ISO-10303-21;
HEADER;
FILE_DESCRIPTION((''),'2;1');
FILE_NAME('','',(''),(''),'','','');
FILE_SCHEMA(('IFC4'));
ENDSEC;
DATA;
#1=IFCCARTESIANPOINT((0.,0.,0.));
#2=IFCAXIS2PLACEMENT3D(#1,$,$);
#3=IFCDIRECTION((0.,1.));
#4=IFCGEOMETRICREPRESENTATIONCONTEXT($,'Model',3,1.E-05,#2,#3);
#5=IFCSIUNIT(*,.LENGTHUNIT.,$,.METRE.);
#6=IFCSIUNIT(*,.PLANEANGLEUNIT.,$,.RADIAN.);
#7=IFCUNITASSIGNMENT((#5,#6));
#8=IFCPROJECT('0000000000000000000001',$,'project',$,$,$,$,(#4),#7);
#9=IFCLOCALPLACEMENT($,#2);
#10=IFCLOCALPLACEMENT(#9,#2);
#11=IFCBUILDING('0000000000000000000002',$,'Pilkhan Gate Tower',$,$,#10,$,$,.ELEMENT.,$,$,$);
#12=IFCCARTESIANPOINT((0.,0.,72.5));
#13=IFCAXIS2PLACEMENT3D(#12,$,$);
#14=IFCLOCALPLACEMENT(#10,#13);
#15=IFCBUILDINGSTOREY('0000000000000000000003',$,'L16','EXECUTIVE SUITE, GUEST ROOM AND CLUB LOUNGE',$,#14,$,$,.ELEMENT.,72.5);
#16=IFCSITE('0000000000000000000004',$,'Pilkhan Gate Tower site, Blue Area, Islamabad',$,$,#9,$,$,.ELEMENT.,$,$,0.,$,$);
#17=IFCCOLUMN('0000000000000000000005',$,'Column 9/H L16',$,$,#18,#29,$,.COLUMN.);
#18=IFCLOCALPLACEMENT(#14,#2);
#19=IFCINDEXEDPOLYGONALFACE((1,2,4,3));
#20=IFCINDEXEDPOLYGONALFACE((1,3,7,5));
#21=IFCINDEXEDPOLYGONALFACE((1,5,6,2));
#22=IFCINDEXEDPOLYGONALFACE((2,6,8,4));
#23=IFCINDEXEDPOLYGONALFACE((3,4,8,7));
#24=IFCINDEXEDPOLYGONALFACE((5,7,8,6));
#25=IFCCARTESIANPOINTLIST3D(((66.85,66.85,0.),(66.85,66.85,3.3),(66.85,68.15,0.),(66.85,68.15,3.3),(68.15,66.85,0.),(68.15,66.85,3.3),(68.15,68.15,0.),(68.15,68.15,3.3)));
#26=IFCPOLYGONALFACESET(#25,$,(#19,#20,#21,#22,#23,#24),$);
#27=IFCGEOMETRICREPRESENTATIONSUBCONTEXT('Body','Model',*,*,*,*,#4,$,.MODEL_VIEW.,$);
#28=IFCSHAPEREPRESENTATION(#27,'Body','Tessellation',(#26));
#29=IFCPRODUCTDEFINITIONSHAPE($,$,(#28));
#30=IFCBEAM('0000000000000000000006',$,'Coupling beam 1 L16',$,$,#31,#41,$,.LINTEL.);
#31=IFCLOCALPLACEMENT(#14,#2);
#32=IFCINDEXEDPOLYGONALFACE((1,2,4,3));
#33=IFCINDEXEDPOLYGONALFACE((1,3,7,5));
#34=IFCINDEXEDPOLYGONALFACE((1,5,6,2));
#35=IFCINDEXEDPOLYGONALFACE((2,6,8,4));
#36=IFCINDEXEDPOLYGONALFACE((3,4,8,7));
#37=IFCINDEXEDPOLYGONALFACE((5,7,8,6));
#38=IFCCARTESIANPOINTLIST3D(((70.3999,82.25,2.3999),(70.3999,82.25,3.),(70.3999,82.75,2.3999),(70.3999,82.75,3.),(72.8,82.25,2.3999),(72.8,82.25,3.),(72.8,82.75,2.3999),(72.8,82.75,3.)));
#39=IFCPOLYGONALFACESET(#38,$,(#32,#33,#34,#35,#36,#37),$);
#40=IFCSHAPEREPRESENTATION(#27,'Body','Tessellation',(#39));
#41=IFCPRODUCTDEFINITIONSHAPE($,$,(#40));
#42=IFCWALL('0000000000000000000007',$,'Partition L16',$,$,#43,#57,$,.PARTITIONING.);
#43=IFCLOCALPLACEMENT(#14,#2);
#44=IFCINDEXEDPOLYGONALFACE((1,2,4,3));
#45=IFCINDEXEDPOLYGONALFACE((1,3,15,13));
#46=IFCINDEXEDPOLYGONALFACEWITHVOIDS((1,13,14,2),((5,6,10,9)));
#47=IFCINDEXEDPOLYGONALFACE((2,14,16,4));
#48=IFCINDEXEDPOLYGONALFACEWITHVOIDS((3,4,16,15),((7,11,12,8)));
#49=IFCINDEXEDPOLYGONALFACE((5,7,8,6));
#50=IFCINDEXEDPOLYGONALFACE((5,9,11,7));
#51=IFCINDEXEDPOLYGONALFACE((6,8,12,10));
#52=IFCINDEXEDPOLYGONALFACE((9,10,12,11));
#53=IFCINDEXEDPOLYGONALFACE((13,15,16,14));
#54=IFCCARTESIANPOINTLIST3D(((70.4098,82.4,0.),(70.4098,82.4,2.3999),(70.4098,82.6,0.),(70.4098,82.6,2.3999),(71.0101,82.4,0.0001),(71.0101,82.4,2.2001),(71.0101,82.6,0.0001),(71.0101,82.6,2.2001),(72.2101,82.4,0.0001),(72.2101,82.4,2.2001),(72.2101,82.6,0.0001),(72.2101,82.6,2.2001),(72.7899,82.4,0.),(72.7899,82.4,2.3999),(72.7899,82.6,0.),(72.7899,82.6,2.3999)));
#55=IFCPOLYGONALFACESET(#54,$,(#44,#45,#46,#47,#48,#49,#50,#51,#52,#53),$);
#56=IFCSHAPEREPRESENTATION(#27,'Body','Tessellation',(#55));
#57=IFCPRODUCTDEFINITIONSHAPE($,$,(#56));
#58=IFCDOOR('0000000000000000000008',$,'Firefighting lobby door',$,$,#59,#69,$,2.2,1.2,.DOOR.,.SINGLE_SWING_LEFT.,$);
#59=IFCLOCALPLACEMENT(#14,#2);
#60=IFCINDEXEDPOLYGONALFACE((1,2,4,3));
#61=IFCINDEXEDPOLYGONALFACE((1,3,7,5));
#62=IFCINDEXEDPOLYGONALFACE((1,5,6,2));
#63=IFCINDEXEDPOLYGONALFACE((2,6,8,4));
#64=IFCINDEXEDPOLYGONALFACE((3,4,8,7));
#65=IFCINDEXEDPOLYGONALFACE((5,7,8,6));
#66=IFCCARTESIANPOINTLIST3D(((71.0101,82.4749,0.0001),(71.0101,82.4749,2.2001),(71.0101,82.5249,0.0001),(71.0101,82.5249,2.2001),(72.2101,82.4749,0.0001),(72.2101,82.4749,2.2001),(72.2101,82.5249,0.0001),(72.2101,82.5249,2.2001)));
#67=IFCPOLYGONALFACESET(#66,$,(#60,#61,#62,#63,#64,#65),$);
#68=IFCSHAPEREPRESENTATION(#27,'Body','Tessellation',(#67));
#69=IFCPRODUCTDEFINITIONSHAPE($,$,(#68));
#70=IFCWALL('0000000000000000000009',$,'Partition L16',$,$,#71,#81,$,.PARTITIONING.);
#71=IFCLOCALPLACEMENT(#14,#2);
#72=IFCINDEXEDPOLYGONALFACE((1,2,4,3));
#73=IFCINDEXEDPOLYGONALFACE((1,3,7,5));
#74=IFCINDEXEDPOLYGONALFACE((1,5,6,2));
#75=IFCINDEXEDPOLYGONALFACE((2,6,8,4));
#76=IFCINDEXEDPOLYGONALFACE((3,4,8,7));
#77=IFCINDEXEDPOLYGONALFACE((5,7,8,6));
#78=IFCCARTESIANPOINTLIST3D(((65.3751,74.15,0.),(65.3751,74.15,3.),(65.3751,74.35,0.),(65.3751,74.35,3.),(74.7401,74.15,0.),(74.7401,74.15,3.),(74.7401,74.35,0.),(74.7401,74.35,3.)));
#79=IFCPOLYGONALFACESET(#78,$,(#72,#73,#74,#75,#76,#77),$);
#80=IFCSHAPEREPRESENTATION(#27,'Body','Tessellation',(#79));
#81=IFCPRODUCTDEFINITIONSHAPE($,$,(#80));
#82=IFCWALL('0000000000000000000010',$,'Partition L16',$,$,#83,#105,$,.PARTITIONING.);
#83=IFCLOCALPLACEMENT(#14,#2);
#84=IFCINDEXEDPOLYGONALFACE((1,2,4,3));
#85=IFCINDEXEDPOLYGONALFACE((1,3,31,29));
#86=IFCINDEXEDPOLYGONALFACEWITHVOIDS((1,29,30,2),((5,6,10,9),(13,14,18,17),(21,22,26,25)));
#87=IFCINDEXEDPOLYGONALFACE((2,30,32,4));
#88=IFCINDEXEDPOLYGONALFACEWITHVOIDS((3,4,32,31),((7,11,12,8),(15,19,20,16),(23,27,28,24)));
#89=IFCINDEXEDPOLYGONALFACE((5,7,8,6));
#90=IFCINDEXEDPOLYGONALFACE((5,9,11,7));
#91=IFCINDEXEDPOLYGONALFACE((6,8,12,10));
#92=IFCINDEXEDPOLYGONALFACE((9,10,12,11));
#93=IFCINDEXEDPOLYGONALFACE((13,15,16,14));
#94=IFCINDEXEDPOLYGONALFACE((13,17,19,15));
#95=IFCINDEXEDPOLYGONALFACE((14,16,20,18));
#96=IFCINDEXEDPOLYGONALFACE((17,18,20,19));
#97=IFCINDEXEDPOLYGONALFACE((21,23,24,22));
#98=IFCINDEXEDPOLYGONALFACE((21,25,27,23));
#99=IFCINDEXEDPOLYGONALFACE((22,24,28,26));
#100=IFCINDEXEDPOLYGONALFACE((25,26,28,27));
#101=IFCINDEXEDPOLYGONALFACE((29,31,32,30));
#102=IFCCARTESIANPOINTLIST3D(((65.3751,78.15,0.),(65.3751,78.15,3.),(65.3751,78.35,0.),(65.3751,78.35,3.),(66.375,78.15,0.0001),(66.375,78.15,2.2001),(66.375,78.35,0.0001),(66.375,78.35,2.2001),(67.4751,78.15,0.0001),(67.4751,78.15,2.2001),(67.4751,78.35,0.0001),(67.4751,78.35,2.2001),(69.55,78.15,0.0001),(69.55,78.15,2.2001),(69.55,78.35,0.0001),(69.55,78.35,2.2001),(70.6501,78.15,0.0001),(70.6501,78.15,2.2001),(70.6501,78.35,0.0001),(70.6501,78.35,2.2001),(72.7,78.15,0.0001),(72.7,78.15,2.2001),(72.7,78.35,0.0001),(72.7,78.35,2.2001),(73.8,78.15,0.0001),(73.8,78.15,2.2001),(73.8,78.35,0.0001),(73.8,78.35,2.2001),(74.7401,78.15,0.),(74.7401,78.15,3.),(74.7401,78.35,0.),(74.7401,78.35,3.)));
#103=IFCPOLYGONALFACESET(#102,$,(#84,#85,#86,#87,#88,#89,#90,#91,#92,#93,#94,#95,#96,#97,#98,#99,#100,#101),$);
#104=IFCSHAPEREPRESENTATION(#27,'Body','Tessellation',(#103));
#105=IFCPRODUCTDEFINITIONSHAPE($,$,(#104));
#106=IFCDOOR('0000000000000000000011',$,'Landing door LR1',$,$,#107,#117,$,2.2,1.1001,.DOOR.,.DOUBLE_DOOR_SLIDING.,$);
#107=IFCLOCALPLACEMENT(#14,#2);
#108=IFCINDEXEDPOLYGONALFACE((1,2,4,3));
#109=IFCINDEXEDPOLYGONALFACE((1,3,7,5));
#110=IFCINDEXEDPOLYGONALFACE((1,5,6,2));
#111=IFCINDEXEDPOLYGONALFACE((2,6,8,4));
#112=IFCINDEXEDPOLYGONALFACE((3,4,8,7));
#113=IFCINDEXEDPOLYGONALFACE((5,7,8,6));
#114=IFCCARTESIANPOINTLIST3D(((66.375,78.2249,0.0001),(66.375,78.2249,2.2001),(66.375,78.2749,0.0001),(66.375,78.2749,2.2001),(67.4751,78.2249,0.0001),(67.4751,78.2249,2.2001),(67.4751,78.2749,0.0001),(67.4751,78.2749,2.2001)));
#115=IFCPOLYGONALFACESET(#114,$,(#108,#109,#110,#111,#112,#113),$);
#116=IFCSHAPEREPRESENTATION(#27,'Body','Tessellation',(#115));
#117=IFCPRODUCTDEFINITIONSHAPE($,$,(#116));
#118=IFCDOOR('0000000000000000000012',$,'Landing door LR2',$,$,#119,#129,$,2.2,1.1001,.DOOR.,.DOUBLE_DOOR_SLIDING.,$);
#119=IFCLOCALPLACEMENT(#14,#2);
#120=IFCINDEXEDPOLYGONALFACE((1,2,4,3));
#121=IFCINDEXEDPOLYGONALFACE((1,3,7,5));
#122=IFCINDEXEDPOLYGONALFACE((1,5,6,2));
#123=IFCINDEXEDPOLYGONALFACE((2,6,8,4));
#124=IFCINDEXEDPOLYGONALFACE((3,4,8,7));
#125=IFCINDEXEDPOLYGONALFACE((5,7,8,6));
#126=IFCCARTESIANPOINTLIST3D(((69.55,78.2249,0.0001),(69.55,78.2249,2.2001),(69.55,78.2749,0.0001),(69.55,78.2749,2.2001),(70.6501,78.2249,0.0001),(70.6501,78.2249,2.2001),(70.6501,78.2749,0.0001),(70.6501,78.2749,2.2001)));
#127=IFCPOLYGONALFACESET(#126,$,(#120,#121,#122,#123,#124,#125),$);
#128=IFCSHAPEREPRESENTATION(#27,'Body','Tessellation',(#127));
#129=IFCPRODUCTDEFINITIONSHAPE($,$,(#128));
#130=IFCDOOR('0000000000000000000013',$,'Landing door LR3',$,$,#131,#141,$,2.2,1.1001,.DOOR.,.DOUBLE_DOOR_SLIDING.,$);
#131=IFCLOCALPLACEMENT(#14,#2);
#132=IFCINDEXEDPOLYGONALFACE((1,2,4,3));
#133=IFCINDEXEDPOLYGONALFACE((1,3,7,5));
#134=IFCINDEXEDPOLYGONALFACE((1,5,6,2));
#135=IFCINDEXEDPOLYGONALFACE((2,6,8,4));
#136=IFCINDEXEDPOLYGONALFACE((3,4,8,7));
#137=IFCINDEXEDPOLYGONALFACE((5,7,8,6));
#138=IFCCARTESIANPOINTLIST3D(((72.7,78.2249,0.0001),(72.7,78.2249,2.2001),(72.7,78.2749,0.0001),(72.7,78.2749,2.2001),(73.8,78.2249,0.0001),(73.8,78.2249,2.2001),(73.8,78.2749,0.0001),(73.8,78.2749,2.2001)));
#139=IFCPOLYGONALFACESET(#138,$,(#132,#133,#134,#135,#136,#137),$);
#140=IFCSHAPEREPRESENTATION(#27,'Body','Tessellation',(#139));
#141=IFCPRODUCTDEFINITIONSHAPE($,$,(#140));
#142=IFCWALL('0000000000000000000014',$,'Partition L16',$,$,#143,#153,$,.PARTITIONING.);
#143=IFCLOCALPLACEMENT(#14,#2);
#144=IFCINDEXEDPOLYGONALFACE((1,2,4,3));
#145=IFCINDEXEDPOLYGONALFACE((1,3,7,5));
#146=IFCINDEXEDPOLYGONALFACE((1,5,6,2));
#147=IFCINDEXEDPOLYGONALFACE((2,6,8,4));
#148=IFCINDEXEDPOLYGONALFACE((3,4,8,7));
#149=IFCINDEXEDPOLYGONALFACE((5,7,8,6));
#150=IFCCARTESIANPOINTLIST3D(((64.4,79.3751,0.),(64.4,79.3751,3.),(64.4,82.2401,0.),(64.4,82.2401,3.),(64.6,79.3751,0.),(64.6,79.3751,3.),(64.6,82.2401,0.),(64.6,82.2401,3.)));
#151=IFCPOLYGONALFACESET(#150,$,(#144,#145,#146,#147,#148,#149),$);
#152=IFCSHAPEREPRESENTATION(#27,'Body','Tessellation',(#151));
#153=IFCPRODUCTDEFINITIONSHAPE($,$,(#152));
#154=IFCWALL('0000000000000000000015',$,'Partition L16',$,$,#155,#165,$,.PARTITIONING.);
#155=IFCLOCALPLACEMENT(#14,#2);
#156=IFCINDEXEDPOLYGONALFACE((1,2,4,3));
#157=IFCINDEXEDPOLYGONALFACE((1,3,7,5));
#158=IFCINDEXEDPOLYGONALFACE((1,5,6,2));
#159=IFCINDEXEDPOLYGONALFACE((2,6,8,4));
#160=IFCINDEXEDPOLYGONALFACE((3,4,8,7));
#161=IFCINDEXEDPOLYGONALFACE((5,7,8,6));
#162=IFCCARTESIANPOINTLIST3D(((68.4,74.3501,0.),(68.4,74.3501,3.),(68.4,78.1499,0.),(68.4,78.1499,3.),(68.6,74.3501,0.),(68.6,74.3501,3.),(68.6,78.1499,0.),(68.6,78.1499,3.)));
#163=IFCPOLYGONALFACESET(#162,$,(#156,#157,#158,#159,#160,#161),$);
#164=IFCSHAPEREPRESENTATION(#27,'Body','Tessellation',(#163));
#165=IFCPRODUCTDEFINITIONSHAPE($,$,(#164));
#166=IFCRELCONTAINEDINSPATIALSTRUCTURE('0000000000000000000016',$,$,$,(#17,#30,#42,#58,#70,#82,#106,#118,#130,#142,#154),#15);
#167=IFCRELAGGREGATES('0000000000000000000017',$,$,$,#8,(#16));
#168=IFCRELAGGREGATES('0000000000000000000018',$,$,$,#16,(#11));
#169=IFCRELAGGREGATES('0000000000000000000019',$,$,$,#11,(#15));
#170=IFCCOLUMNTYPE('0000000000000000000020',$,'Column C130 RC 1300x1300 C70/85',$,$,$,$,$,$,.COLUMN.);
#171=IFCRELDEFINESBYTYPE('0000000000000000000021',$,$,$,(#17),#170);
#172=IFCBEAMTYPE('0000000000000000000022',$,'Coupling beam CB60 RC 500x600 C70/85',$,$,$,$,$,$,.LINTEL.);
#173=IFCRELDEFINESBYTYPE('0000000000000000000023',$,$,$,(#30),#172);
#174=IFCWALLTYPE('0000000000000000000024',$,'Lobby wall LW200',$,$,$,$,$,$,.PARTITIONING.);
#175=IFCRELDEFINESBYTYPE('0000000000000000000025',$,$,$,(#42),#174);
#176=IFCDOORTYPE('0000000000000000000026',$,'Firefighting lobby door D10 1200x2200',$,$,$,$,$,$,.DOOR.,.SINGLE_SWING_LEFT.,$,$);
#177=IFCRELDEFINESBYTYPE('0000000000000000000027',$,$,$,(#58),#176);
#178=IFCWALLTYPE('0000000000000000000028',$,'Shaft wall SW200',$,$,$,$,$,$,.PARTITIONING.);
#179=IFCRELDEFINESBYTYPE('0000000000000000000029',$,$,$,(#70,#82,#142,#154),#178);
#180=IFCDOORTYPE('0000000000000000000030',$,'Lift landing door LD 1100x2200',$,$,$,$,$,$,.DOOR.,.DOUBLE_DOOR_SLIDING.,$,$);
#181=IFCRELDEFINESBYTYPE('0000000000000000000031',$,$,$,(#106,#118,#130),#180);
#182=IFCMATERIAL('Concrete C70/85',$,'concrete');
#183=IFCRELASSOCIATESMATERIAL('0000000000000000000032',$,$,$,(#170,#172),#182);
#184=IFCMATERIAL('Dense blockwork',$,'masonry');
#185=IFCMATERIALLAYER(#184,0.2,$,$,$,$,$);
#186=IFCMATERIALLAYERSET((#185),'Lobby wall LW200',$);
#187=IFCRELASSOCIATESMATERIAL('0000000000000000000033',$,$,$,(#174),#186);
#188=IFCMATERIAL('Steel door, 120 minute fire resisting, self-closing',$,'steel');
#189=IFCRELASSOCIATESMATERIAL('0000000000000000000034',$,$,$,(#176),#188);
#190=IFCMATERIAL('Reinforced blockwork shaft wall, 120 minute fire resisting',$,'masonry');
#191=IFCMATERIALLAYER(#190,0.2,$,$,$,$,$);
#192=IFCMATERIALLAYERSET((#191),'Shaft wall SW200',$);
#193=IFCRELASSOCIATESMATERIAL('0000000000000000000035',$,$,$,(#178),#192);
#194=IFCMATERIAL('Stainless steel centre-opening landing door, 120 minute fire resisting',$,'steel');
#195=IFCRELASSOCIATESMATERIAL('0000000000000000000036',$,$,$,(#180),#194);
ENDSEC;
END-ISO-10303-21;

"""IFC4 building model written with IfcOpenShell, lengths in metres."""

from ifc_helpers import new_model, si_unit, direction, frame, frame_2d, origin, origin_2d, place, context, subcontext, project, spatial, rectangle, extrude, material, layer, layer_set, material_profile, profile_set, type_object, element, fill, save


model = new_model("IFC4")

# Units and contexts
model_context = context("Model", 3, precision=1e-05, world=origin(), true_north=direction((0.0, 1.0)))
body_context = subcontext(model_context, "Body", "Model", "MODEL_VIEW")
ifc_project = project(units=[si_unit("LENGTHUNIT", "METRE"), si_unit("PLANEANGLEUNIT", "RADIAN")], contexts=[model_context])

# Site, building, storey
site_placement = place(None, origin())
site = spatial("IfcSite", under=ifc_project, at=site_placement, Name="Pilkhan Gate Tower site, Blue Area, Islamabad", CompositionType="ELEMENT", RefElevation=0.0)
building_placement = place(site_placement, origin())
building = spatial("IfcBuilding", under=site, at=building_placement, Name="Pilkhan Gate Tower", CompositionType="ELEMENT")
storey_placement = place(building_placement, frame((0.0, 0.0, 72.5)))
storey = spatial("IfcBuildingStorey", under=building, at=storey_placement, Name="L16", Description="EXECUTIVE SUITE, GUEST ROOM AND CLUB LOUNGE", CompositionType="ELEMENT", Elevation=72.5)

# Column
ifc_material_1 = material(Name="Concrete C70/85", Category="concrete")
ifc_material_profile_1 = material_profile(ifc_material_1, rectangle(XDim=1.3, YDim=1.3, at=origin_2d()), Name="RC 1300x1300")
ifc_profile_set_1 = profile_set([ifc_material_profile_1], Name="Concrete C70/85")
column_type = type_object("IfcColumnType", Name="Column C130 RC 1300x1300 C70/85", PredefinedType="COLUMN", material=ifc_profile_set_1)
column_placement = place(storey_placement, frame((67.5, 67.5, 0.0), z_axis=(0.0, 0.0, 1.0), x_axis=(1.0, 0.0, 0.0)))
element("IfcColumn", 1, at=column_placement, inside=storey, type_object=column_type, Name="Column 9/H L16", PredefinedType="COLUMN", context=body_context, shape_type="SweptSolid", body=[
    extrude(rectangle(XDim=1.3, YDim=1.3, at=origin_2d()), origin(), (0.0, 0.0, 1.0), 3.3),
])

# Beam
ifc_material_profile_2 = material_profile(ifc_material_1, rectangle(XDim=0.5, YDim=0.6001, at=origin_2d()), Name="RC 500x600")
ifc_profile_set_2 = profile_set([ifc_material_profile_2], Name="Concrete C70/85")
beam_type = type_object("IfcBeamType", Name="Coupling beam CB60 RC 500x600 C70/85", PredefinedType="LINTEL", material=ifc_profile_set_2)
beam_placement = place(storey_placement, frame((70.3999, 82.5, 2.7), z_axis=(1.0, 0.0, 0.0), x_axis=(0.0, 1.0, 0.0)))
element("IfcBeam", 2, at=beam_placement, inside=storey, type_object=beam_type, Name="Coupling beam 1 L16", PredefinedType="LINTEL", context=body_context, shape_type="SweptSolid", body=[
    extrude(rectangle(XDim=0.5, YDim=0.6001, at=origin_2d()), origin(), (0.0, 0.0, 1.0), 2.4001),
])

# Wall, opening, door
ifc_material_2 = material(Name="Dense blockwork", Category="masonry")
ifc_layer_1 = layer(ifc_material_2, 0.2)
ifc_layer_set_1 = layer_set([ifc_layer_1], Name="Lobby wall LW200")
wall_type_1 = type_object("IfcWallType", Name="Lobby wall LW200", PredefinedType="PARTITIONING", material=ifc_layer_set_1)
wall_1_placement = place(storey_placement, frame((70.4099, 82.5, 0.0), z_axis=(0.0, 0.0, 1.0), x_axis=(1.0, 0.0, 0.0)))
wall_1 = element("IfcWall", 3, at=wall_1_placement, inside=storey, type_object=wall_type_1, Name="Partition L16", PredefinedType="PARTITIONING", context=body_context, shape_type="SweptSolid", body=[
    extrude(rectangle(XDim=2.3801, YDim=0.2, at=frame_2d((1.1899, 0.0))), origin(), (0.0, 0.0, 1.0), 2.3999),
])
opening_1_placement = place(wall_1_placement, frame((0.6001, 0.0, 0.0)))
opening_1 = element("IfcOpeningElement", 4, at=opening_1_placement, cuts=wall_1, PredefinedType="OPENING", context=body_context, shape_type="SweptSolid", body=[
    extrude(rectangle(XDim=1.2, YDim=2.2, at=frame_2d((0.6001, 1.1001))), frame((0.0, 0.1099, 0.0), z_axis=(0.0, -1.0, 0.0), x_axis=(1.0, 0.0, 0.0)), (0.0, 0.0, 1.0), 0.22),
])
ifc_material_3 = material(Name="Steel door, 120 minute fire resisting, self-closing", Category="steel")
door_type_1 = type_object("IfcDoorType", Name="Firefighting lobby door D10 1200x2200", OperationType="SINGLE_SWING_LEFT", PredefinedType="DOOR", material=ifc_material_3)
door_1_placement = place(opening_1_placement, origin())
door_1 = element("IfcDoor", 5, at=door_1_placement, inside=storey, type_object=door_type_1, Name="Firefighting lobby door", OperationType="SINGLE_SWING_LEFT", OverallHeight=2.2, OverallWidth=1.2, PredefinedType="DOOR", context=body_context, shape_type="SweptSolid", body=[
    extrude(rectangle(XDim=1.2, YDim=2.2, at=frame_2d((0.6001, 1.1001))), frame((0.0, 0.0249, 0.0), z_axis=(0.0, -1.0, 0.0), x_axis=(1.0, 0.0, 0.0)), (0.0, 0.0, 1.0), 0.05),
])
fill(opening_1, door_1)

# Wall
ifc_material_4 = material(Name="Reinforced blockwork shaft wall, 120 minute fire resisting", Category="masonry")
ifc_layer_2 = layer(ifc_material_4, 0.2)
ifc_layer_set_2 = layer_set([ifc_layer_2], Name="Shaft wall SW200")
wall_type_2 = type_object("IfcWallType", Name="Shaft wall SW200", PredefinedType="PARTITIONING", material=ifc_layer_set_2)
wall_2_placement = place(storey_placement, frame((65.375, 74.25, 0.0), z_axis=(0.0, 0.0, 1.0), x_axis=(1.0, 0.0, 0.0)))
element("IfcWall", 6, at=wall_2_placement, inside=storey, type_object=wall_type_2, Name="Partition L16", PredefinedType="PARTITIONING", context=body_context, shape_type="SweptSolid", body=[
    extrude(rectangle(XDim=9.365, YDim=0.2, at=frame_2d((4.6826, 0.0))), origin(), (0.0, 0.0, 1.0), 3.0),
])

# Wall, openings, doors
wall_3_placement = place(storey_placement, frame((65.375, 78.25, 0.0), z_axis=(0.0, 0.0, 1.0), x_axis=(1.0, 0.0, 0.0)))
wall_3 = element("IfcWall", 7, at=wall_3_placement, inside=storey, type_object=wall_type_2, Name="Partition L16", PredefinedType="PARTITIONING", context=body_context, shape_type="SweptSolid", body=[
    extrude(rectangle(XDim=9.365, YDim=0.2, at=frame_2d((4.6826, 0.0))), origin(), (0.0, 0.0, 1.0), 3.0),
])
opening_2_placement = place(wall_3_placement, frame((1.0, 0.0, 0.0)))
opening_2 = element("IfcOpeningElement", 8, at=opening_2_placement, cuts=wall_3, PredefinedType="OPENING", context=body_context, shape_type="SweptSolid", body=[
    extrude(rectangle(XDim=1.1001, YDim=2.2, at=frame_2d((0.55, 1.1001))), frame((0.0, 0.1099, 0.0), z_axis=(0.0, -1.0, 0.0), x_axis=(1.0, 0.0, 0.0)), (0.0, 0.0, 1.0), 0.22),
])
opening_3_placement = place(wall_3_placement, frame((4.175, 0.0, 0.0)))
opening_3 = element("IfcOpeningElement", 9, at=opening_3_placement, cuts=wall_3, PredefinedType="OPENING", context=body_context, shape_type="SweptSolid", body=[
    extrude(rectangle(XDim=1.1001, YDim=2.2, at=frame_2d((0.55, 1.1001))), frame((0.0, 0.1099, 0.0), z_axis=(0.0, -1.0, 0.0), x_axis=(1.0, 0.0, 0.0)), (0.0, 0.0, 1.0), 0.22),
])
opening_4_placement = place(wall_3_placement, frame((7.325, 0.0, 0.0)))
opening_4 = element("IfcOpeningElement", 10, at=opening_4_placement, cuts=wall_3, PredefinedType="OPENING", context=body_context, shape_type="SweptSolid", body=[
    extrude(rectangle(XDim=1.1001, YDim=2.2, at=frame_2d((0.55, 1.1001))), frame((0.0, 0.1099, 0.0), z_axis=(0.0, -1.0, 0.0), x_axis=(1.0, 0.0, 0.0)), (0.0, 0.0, 1.0), 0.22),
])
ifc_material_5 = material(Name="Stainless steel centre-opening landing door, 120 minute fire resisting", Category="steel")
door_type_2 = type_object("IfcDoorType", Name="Lift landing door LD 1100x2200", OperationType="DOUBLE_DOOR_SLIDING", PredefinedType="DOOR", material=ifc_material_5)
door_2_placement = place(opening_2_placement, origin())
door_2 = element("IfcDoor", 11, at=door_2_placement, inside=storey, type_object=door_type_2, Name="Landing door LR1", OperationType="DOUBLE_DOOR_SLIDING", OverallHeight=2.2, OverallWidth=1.1001, PredefinedType="DOOR", context=body_context, shape_type="SweptSolid", body=[
    extrude(rectangle(XDim=1.1001, YDim=2.2, at=frame_2d((0.55, 1.1001))), frame((0.0, 0.0249, 0.0), z_axis=(0.0, -1.0, 0.0), x_axis=(1.0, 0.0, 0.0)), (0.0, 0.0, 1.0), 0.05),
])
fill(opening_2, door_2)
door_3_placement = place(opening_3_placement, origin())
door_3 = element("IfcDoor", 12, at=door_3_placement, inside=storey, type_object=door_type_2, Name="Landing door LR2", OperationType="DOUBLE_DOOR_SLIDING", OverallHeight=2.2, OverallWidth=1.1001, PredefinedType="DOOR", context=body_context, shape_type="SweptSolid", body=[
    extrude(rectangle(XDim=1.1001, YDim=2.2, at=frame_2d((0.55, 1.1001))), frame((0.0, 0.0249, 0.0), z_axis=(0.0, -1.0, 0.0), x_axis=(1.0, 0.0, 0.0)), (0.0, 0.0, 1.0), 0.05),
])
fill(opening_3, door_3)
door_4_placement = place(opening_4_placement, origin())
door_4 = element("IfcDoor", 13, at=door_4_placement, inside=storey, type_object=door_type_2, Name="Landing door LR3", OperationType="DOUBLE_DOOR_SLIDING", OverallHeight=2.2, OverallWidth=1.1001, PredefinedType="DOOR", context=body_context, shape_type="SweptSolid", body=[
    extrude(rectangle(XDim=1.1001, YDim=2.2, at=frame_2d((0.55, 1.1001))), frame((0.0, 0.0249, 0.0), z_axis=(0.0, -1.0, 0.0), x_axis=(1.0, 0.0, 0.0)), (0.0, 0.0, 1.0), 0.05),
])
fill(opening_4, door_4)

# Walls
wall_4_placement = place(storey_placement, frame((64.5, 79.375, 0.0), z_axis=(0.0, 0.0, 1.0), x_axis=(0.0, 1.0, 0.0)))
element("IfcWall", 14, at=wall_4_placement, inside=storey, type_object=wall_type_2, Name="Partition L16", PredefinedType="PARTITIONING", context=body_context, shape_type="SweptSolid", body=[
    extrude(rectangle(XDim=2.865, YDim=0.2, at=frame_2d((1.4326, 0.0))), origin(), (0.0, 0.0, 1.0), 3.0),
])
for number, where, z_axis, x_axis, name in (
    (15, (68.5, 74.3501, 0.0), (0.0, 0.0, 1.0), (0.0, 1.0, 0.0), "Partition L16"),
):
    element("IfcWall", number, at=place(storey_placement, frame(where, z_axis=z_axis, x_axis=x_axis)), inside=storey, type_object=wall_type_2, Name=name, PredefinedType="PARTITIONING", context=body_context, shape_type="SweptSolid", body=[
        extrude(rectangle(XDim=3.7998, YDim=0.2, at=frame_2d((1.8999, 0.0))), origin(), (0.0, 0.0, 1.0), 3.0),
    ])

save(model, "model.ifc")
